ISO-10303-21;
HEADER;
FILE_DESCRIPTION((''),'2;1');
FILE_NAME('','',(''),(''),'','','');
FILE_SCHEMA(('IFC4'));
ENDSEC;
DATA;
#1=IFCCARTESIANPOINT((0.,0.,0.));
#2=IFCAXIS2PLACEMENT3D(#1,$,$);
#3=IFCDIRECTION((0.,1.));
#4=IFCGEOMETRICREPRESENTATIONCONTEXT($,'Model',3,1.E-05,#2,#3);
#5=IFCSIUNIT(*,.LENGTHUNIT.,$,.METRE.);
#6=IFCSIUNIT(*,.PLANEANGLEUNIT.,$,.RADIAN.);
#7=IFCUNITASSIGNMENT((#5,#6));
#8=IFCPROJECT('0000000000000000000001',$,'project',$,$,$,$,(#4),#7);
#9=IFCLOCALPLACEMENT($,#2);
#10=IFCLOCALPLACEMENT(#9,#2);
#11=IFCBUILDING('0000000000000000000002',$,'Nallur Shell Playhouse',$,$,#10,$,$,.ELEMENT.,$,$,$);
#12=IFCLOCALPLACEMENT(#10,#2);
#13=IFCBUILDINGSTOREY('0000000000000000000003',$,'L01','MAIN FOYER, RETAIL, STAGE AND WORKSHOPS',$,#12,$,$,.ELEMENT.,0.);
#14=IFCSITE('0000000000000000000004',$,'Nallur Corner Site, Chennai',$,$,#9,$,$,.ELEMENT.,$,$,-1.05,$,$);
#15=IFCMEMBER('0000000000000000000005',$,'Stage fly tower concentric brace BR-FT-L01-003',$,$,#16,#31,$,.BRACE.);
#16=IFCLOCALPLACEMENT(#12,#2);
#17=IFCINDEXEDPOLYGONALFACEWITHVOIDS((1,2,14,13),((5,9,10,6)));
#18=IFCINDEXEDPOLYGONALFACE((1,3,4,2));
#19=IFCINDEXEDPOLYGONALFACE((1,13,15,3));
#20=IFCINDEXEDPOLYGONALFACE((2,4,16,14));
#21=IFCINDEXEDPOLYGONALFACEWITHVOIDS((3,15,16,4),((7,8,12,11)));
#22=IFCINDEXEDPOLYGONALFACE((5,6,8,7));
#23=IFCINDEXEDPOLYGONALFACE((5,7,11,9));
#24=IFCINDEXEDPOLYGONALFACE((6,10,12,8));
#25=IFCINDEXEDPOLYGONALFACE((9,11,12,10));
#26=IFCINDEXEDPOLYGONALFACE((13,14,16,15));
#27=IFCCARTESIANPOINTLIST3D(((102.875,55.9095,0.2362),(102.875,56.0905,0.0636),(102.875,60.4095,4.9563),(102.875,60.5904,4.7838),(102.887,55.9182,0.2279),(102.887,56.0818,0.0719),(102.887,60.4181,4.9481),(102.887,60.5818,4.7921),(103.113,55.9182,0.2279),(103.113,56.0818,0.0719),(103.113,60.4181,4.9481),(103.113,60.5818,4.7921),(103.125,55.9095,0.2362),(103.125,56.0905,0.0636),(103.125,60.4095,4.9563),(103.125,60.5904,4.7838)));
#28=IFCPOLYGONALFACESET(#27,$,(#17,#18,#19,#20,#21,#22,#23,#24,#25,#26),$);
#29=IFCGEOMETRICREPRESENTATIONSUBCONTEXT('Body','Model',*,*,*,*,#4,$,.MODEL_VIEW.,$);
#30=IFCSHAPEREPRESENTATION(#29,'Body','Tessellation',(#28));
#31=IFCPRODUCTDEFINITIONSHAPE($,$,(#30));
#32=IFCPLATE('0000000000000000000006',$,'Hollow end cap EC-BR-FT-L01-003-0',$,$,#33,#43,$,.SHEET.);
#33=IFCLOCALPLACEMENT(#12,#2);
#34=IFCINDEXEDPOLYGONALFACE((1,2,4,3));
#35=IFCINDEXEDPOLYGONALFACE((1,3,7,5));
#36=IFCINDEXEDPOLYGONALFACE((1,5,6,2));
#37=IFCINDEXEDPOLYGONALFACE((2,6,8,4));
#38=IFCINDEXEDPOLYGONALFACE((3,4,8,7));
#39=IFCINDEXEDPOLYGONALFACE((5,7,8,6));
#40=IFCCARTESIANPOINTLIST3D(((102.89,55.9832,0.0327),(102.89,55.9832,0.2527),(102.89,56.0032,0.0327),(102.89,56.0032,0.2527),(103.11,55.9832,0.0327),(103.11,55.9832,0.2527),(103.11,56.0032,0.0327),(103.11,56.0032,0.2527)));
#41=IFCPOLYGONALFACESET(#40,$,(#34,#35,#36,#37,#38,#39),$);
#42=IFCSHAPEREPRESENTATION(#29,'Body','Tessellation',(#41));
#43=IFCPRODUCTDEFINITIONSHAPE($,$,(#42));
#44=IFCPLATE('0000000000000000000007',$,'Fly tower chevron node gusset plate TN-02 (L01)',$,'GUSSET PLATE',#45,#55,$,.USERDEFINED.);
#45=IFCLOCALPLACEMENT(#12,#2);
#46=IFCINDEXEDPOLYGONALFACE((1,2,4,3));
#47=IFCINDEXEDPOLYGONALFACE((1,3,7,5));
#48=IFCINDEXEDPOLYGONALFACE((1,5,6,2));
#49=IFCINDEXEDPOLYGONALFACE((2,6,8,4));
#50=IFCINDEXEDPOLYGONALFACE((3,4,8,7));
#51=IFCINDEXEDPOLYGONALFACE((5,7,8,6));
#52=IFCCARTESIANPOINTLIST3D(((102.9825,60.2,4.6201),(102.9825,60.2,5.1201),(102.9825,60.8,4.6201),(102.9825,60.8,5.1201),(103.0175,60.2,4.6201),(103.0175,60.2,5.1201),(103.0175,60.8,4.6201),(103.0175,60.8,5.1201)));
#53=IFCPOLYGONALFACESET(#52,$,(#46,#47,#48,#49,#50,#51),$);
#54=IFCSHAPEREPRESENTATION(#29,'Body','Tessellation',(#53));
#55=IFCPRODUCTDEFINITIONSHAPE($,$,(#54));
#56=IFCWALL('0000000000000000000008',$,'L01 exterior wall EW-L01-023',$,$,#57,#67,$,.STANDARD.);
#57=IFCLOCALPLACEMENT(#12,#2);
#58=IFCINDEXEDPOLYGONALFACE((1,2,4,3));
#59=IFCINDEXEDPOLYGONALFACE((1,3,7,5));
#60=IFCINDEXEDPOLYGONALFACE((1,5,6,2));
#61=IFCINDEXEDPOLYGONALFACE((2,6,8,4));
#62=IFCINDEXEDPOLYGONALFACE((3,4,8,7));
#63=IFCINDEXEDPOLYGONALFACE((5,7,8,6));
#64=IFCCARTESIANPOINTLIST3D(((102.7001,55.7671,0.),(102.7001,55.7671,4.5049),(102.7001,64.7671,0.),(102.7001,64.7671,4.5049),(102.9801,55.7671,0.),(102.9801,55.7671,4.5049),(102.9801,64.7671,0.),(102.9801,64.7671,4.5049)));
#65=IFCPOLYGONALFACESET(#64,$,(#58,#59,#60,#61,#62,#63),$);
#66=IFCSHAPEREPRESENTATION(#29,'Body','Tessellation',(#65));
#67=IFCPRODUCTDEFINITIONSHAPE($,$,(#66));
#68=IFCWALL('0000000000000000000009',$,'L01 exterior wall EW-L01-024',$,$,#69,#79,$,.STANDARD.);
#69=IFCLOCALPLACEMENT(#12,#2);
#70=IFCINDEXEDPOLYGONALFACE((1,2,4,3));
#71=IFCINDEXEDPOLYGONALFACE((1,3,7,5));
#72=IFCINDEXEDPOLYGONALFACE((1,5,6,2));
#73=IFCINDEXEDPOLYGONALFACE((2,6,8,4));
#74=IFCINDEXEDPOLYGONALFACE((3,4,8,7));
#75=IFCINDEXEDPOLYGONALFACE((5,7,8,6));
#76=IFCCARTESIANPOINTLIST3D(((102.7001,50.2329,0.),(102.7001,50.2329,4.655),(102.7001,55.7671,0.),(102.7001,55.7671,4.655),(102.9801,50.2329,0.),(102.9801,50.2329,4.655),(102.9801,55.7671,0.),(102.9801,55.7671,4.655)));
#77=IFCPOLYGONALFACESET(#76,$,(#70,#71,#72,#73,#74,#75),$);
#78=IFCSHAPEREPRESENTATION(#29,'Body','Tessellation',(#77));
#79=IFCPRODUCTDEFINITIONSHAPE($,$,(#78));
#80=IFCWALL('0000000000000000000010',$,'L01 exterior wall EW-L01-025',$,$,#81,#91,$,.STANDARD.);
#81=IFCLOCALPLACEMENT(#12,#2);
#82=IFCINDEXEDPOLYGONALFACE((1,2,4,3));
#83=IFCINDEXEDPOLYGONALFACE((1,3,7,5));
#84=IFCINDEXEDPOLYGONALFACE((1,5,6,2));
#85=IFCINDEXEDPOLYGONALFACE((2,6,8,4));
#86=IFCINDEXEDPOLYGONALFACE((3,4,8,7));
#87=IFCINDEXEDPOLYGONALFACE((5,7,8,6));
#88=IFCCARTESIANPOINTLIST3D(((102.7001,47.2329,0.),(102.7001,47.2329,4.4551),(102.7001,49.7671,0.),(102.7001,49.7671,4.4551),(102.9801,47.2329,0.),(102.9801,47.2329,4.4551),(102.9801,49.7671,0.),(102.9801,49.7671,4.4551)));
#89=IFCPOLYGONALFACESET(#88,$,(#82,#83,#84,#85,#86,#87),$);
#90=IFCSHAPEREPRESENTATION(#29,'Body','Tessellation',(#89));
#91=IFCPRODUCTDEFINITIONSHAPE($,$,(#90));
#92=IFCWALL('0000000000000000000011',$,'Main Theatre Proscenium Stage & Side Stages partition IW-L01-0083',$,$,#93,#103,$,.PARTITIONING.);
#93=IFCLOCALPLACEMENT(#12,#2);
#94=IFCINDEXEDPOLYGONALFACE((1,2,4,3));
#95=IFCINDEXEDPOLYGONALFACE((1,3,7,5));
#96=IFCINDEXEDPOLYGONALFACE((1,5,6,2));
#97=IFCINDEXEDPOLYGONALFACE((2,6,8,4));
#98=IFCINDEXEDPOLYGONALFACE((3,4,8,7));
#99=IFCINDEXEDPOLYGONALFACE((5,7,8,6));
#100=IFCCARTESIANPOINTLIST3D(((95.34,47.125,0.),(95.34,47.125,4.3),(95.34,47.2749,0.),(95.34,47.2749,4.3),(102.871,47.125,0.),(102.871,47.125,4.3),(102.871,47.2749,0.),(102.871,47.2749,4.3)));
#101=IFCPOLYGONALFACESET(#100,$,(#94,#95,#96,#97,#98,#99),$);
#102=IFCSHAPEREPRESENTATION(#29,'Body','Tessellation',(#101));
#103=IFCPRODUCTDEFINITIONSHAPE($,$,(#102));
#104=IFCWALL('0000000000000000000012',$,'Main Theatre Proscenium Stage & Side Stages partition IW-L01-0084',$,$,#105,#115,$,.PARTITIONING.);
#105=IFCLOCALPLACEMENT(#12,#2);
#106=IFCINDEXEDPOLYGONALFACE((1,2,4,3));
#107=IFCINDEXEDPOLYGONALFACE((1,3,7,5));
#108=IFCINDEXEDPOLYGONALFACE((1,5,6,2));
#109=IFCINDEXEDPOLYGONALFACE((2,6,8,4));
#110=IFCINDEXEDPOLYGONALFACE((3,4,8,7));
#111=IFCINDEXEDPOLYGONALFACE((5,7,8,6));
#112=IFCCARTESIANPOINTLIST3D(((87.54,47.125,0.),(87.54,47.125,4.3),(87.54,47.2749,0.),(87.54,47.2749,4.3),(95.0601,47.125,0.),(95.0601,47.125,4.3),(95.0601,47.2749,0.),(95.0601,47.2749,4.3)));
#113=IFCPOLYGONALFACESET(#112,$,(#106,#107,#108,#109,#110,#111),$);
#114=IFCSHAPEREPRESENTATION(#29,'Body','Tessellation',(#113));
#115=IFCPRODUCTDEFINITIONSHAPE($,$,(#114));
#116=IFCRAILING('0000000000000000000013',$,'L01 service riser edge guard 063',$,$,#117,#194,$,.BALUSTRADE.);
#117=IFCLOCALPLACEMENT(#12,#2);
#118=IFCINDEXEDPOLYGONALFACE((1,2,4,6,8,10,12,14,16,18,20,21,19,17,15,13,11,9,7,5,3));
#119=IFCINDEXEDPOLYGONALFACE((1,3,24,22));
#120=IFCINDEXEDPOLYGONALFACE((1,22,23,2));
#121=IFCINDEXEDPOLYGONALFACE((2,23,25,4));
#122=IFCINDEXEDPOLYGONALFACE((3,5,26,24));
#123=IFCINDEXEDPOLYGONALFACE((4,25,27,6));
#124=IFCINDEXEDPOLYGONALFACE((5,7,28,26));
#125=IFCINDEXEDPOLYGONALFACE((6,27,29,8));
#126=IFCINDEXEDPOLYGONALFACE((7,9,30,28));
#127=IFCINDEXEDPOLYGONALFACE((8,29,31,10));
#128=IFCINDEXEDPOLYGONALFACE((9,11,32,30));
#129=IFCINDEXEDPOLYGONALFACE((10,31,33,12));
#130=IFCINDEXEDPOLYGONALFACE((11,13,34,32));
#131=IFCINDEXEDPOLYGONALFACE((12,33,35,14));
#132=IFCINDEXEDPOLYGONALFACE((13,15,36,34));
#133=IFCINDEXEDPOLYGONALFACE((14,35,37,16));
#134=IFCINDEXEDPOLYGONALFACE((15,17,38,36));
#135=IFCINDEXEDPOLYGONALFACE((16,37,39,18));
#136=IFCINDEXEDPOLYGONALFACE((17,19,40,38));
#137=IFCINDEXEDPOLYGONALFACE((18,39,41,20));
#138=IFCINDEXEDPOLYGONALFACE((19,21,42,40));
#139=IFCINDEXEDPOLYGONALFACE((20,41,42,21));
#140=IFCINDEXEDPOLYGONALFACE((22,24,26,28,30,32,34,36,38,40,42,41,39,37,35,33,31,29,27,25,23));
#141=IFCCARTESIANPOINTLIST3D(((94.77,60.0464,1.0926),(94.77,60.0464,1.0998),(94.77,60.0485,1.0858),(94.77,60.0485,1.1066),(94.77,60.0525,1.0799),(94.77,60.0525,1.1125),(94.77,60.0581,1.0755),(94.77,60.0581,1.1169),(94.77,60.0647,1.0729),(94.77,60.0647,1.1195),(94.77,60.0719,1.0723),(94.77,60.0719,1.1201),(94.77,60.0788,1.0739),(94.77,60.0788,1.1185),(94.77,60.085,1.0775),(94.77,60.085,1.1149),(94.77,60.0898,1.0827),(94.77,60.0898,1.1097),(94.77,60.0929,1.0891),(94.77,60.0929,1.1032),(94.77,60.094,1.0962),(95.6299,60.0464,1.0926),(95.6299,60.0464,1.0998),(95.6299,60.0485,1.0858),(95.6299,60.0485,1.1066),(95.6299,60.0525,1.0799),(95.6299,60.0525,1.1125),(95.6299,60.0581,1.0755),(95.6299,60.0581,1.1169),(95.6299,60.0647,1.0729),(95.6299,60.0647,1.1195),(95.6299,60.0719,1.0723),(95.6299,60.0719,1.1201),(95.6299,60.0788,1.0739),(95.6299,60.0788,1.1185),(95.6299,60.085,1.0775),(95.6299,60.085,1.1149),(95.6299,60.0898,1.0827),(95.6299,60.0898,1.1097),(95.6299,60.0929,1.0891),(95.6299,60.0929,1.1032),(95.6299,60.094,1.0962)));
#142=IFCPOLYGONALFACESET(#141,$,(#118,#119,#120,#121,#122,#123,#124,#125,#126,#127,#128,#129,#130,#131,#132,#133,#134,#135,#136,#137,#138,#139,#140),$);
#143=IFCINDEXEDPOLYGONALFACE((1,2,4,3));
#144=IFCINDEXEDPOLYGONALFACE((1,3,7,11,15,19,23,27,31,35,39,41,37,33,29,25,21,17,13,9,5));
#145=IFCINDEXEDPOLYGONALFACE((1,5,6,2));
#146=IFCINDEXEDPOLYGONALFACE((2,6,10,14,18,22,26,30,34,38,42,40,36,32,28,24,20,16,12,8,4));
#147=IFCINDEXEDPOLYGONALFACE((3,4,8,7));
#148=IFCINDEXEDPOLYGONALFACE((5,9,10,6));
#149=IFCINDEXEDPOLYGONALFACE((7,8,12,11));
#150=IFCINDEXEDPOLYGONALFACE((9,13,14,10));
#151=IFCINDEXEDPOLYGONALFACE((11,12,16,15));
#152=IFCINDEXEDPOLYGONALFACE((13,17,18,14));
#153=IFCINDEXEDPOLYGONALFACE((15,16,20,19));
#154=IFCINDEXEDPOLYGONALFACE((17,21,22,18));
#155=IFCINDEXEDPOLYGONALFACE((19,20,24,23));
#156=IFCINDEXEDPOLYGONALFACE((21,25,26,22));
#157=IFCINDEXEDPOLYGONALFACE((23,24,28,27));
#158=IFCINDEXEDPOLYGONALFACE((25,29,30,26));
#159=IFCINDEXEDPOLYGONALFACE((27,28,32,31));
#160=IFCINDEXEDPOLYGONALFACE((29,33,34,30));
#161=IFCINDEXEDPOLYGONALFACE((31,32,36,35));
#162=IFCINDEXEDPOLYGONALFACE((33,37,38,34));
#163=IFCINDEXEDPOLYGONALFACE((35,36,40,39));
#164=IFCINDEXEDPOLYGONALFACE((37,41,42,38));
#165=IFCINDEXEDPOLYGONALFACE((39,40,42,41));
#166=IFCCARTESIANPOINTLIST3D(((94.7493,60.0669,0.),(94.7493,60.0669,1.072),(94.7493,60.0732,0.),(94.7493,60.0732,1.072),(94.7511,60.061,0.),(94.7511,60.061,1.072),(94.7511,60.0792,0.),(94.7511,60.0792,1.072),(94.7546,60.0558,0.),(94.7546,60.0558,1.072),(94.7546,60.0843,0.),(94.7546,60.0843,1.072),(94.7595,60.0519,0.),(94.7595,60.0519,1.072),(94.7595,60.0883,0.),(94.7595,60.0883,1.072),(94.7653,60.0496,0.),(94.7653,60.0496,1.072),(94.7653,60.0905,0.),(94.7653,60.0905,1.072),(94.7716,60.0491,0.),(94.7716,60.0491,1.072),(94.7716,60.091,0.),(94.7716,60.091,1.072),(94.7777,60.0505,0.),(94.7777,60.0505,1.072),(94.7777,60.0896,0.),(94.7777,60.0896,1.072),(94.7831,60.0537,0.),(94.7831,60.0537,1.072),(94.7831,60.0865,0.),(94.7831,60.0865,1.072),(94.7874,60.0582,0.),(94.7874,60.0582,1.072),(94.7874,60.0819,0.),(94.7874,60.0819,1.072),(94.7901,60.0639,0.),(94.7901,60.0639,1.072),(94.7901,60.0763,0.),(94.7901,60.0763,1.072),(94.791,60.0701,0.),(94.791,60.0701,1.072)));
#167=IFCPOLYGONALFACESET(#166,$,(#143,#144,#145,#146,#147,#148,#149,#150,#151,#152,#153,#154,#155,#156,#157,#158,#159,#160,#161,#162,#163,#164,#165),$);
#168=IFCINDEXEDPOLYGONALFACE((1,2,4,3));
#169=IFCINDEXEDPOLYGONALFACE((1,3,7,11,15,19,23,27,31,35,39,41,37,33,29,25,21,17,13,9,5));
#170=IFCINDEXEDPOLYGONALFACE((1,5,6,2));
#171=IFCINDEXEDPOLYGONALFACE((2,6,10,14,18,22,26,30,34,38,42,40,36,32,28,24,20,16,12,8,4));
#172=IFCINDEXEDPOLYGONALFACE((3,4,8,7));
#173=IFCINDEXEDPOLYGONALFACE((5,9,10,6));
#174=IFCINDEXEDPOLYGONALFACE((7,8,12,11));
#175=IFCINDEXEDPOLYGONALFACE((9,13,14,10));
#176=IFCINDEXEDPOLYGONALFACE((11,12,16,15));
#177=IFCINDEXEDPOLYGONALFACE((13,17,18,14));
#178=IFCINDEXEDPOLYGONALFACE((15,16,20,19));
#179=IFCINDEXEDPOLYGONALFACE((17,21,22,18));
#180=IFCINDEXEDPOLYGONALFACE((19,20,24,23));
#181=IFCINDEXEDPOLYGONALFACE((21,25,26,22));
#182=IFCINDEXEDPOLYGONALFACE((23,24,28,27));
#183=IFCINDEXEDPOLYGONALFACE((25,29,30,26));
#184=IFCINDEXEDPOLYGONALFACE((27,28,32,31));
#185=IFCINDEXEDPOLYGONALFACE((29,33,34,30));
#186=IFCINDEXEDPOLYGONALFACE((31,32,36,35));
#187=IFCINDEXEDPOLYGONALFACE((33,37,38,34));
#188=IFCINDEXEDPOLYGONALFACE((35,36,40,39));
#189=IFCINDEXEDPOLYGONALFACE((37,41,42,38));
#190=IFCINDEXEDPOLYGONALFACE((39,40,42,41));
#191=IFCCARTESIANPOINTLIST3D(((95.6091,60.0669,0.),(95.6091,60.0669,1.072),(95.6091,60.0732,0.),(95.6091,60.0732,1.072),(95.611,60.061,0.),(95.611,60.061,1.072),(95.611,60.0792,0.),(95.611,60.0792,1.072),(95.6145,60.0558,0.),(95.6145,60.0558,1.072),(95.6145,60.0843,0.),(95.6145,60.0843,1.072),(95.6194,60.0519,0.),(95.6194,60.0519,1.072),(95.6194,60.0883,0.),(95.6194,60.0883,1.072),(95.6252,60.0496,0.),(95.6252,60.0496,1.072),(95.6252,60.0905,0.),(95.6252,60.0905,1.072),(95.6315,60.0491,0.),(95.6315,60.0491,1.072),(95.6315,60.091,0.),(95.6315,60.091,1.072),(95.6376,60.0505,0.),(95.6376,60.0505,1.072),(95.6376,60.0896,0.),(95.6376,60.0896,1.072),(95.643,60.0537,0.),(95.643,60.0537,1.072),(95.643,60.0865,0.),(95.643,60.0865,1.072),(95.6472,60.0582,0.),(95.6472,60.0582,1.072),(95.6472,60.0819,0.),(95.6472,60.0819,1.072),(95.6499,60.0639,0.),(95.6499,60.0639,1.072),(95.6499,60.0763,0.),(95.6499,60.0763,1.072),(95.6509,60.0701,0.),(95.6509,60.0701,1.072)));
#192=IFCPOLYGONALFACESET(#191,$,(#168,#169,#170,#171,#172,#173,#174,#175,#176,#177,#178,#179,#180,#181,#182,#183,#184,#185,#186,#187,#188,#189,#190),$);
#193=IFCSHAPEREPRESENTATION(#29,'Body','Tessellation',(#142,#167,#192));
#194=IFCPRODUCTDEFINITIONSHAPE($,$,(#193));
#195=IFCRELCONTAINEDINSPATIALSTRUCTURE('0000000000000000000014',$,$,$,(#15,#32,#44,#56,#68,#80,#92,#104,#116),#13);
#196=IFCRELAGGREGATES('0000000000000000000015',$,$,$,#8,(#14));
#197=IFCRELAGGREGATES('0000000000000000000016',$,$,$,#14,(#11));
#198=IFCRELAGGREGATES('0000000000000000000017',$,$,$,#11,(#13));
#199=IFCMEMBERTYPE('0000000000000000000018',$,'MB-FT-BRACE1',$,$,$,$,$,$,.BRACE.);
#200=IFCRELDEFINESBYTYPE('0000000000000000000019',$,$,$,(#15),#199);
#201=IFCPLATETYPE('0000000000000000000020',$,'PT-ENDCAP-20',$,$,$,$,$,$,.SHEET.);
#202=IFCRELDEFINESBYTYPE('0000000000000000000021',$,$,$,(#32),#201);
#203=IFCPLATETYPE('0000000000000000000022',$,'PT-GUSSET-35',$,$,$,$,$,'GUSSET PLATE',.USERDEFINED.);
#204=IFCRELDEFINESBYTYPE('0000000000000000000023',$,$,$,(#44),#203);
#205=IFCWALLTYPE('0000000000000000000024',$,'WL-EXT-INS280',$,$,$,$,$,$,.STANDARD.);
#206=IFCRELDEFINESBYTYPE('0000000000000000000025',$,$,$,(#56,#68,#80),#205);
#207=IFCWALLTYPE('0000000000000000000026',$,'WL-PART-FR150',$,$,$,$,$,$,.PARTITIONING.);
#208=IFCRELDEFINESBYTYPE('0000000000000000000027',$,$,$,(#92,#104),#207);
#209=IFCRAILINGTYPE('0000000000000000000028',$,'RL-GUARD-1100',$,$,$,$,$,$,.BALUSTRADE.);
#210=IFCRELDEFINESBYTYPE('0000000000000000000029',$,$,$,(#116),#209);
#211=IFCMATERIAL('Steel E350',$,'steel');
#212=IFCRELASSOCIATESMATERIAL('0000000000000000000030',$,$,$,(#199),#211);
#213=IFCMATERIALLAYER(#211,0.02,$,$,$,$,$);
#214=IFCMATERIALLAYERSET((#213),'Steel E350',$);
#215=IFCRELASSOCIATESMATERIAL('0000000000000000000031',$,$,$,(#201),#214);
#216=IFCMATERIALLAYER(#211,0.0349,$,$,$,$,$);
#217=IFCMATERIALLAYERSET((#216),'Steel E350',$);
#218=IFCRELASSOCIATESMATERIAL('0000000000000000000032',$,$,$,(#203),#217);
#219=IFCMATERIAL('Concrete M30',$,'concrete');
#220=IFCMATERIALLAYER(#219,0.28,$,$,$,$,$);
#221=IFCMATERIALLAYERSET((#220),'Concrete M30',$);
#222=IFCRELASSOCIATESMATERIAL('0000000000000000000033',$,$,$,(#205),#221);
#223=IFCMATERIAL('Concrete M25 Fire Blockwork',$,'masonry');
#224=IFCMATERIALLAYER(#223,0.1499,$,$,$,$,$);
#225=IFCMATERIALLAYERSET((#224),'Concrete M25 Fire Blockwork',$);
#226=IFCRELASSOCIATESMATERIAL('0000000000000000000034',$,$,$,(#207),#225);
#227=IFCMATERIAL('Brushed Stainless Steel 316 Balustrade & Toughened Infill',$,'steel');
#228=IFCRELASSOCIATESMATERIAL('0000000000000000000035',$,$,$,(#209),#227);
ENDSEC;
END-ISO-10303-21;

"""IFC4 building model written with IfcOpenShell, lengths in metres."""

from ifc_helpers import new_model, si_unit, direction, frame, frame_2d, origin, origin_2d, place, context, subcontext, project, spatial, rectangle, hollow_rectangle, circle, extrude, material, layer, layer_set, material_profile, profile_set, type_object, element, save


model = new_model("IFC4")

# Units and contexts
model_context = context("Model", 3, precision=1e-05, world=origin(), true_north=direction((0.0, 1.0)))
body_context = subcontext(model_context, "Body", "Model", "MODEL_VIEW")
ifc_project = project(units=[si_unit("LENGTHUNIT", "METRE"), si_unit("PLANEANGLEUNIT", "RADIAN")], contexts=[model_context])

# Site, building, storey
site_placement = place(None, origin())
site = spatial("IfcSite", under=ifc_project, at=site_placement, Name="Nallur Corner Site, Chennai", CompositionType="ELEMENT", RefElevation=-1.05)
building_placement = place(site_placement, origin())
building = spatial("IfcBuilding", under=site, at=building_placement, Name="Nallur Shell Playhouse", CompositionType="ELEMENT")
storey_placement = place(building_placement, origin())
storey = spatial("IfcBuildingStorey", under=building, at=storey_placement, Name="L01", Description="MAIN FOYER, RETAIL, STAGE AND WORKSHOPS", CompositionType="ELEMENT", Elevation=0.0)

# Shared definitions
ifc_material_1 = material(Name="Steel E350", Category="steel")

# Shared definitions
ifc_material_2 = material(Name="Concrete M30", Category="concrete")

# Member
ifc_material_profile_1 = material_profile(ifc_material_1, hollow_rectangle(XDim=0.25, YDim=0.25, WallThickness=0.012, at=origin_2d()), Name="SHS 250x250x12")
ifc_profile_set_1 = profile_set([ifc_material_profile_1], Name="Steel E350")
member_type = type_object("IfcMemberType", Name="MB-FT-BRACE1", PredefinedType="BRACE", material=ifc_profile_set_1)
member_placement = place(storey_placement, frame((103.0, 56.0, 0.1499), z_axis=(0.0, 0.690022, 0.723789), x_axis=(-1.0, 0.0, 0.0)))
element("IfcMember", 1, at=member_placement, inside=storey, type_object=member_type, Name="Stage fly tower concentric brace BR-FT-L01-003", PredefinedType="BRACE", context=body_context, shape_type="SweptSolid", body=[
    extrude(hollow_rectangle(XDim=0.25, YDim=0.25, WallThickness=0.012, at=origin_2d()), origin(), (0.0, 0.0, 1.0), 6.5215),
])

# Plates
ifc_layer_1 = layer(ifc_material_1, 0.02)
ifc_layer_set_1 = layer_set([ifc_layer_1], Name="Steel E350")
plate_type_1 = type_object("IfcPlateType", Name="PT-ENDCAP-20", PredefinedType="SHEET", material=ifc_layer_set_1)
plate_1_placement = place(storey_placement, frame((103.0, 55.9932, 0.0327), z_axis=(0.0, 0.0, 1.0), x_axis=(1.0, 0.0, 0.0)))
element("IfcPlate", 2, at=plate_1_placement, inside=storey, type_object=plate_type_1, Name="Hollow end cap EC-BR-FT-L01-003-0", PredefinedType="SHEET", context=body_context, shape_type="SweptSolid", body=[
    extrude(rectangle(XDim=0.22, YDim=0.02, at=origin_2d()), origin(), (0.0, 0.0, 1.0), 0.22),
])
ifc_layer_2 = layer(ifc_material_1, 0.0349)
ifc_layer_set_2 = layer_set([ifc_layer_2], Name="Steel E350")
plate_type_2 = type_object("IfcPlateType", Name="PT-GUSSET-35", ElementType="GUSSET PLATE", PredefinedType="USERDEFINED", material=ifc_layer_set_2)
plate_2_placement = place(storey_placement, frame((103.0, 60.5, 4.6201), z_axis=(0.0, 0.0, 1.0), x_axis=(1.0, 0.0, 0.0)))
element("IfcPlate", 3, at=plate_2_placement, inside=storey, type_object=plate_type_2, Name="Fly tower chevron node gusset plate TN-02 (L01)", ObjectType="GUSSET PLATE", PredefinedType="USERDEFINED", context=body_context, shape_type="SweptSolid", body=[
    extrude(rectangle(XDim=0.0349, YDim=0.6001, at=origin_2d()), origin(), (0.0, 0.0, 1.0), 0.5),
])

# Walls
ifc_layer_3 = layer(ifc_material_2, 0.28)
ifc_layer_set_3 = layer_set([ifc_layer_3], Name="Concrete M30")
wall_type_1 = type_object("IfcWallType", Name="WL-EXT-INS280", PredefinedType="STANDARD", material=ifc_layer_set_3)
wall_1_placement = place(storey_placement, frame((102.8401, 64.7671, 0.0), z_axis=(0.0, 0.0, 1.0), x_axis=(0.0, -1.0, 0.0)))
element("IfcWall", 4, at=wall_1_placement, inside=storey, type_object=wall_type_1, Name="L01 exterior wall EW-L01-023", PredefinedType="STANDARD", context=body_context, shape_type="SweptSolid", body=[
    extrude(rectangle(XDim=9.0, YDim=0.28, at=frame_2d((4.5, 0.0))), origin(), (0.0, 0.0, 1.0), 4.5049),
])
wall_2_placement = place(storey_placement, frame((102.8401, 55.7671, 0.0), z_axis=(0.0, 0.0, 1.0), x_axis=(0.0, -1.0, 0.0)))
element("IfcWall", 5, at=wall_2_placement, inside=storey, type_object=wall_type_1, Name="L01 exterior wall EW-L01-024", PredefinedType="STANDARD", context=body_context, shape_type="SweptSolid", body=[
    extrude(rectangle(XDim=5.5342, YDim=0.28, at=frame_2d((2.7671, 0.0))), origin(), (0.0, 0.0, 1.0), 4.655),
])
wall_3_placement = place(storey_placement, frame((102.8401, 49.7671, 0.0), z_axis=(0.0, 0.0, 1.0), x_axis=(0.0, -1.0, 0.0)))
element("IfcWall", 6, at=wall_3_placement, inside=storey, type_object=wall_type_1, Name="L01 exterior wall EW-L01-025", PredefinedType="STANDARD", context=body_context, shape_type="SweptSolid", body=[
    extrude(rectangle(XDim=2.5342, YDim=0.28, at=frame_2d((1.2671, 0.0))), origin(), (0.0, 0.0, 1.0), 4.4551),
])
ifc_material_3 = material(Name="Concrete M25 Fire Blockwork", Category="masonry")
ifc_layer_4 = layer(ifc_material_3, 0.1499)
ifc_layer_set_4 = layer_set([ifc_layer_4], Name="Concrete M25 Fire Blockwork")
wall_type_2 = type_object("IfcWallType", Name="WL-PART-FR150", PredefinedType="PARTITIONING", material=ifc_layer_set_4)
wall_4_placement = place(storey_placement, frame((102.8711, 47.2, 0.0), z_axis=(0.0, 0.0, 1.0), x_axis=(-1.0, 0.0, 0.0)))
element("IfcWall", 7, at=wall_4_placement, inside=storey, type_object=wall_type_2, Name="Main Theatre Proscenium Stage & Side Stages partition IW-L01-0083", PredefinedType="PARTITIONING", context=body_context, shape_type="SweptSolid", body=[
    extrude(rectangle(XDim=7.531, YDim=0.1499, at=frame_2d((3.7656, 0.0))), origin(), (0.0, 0.0, 1.0), 4.3),
])
wall_5_placement = place(storey_placement, frame((95.0601, 47.2, 0.0), z_axis=(0.0, 0.0, 1.0), x_axis=(-1.0, 0.0, 0.0)))
element("IfcWall", 8, at=wall_5_placement, inside=storey, type_object=wall_type_2, Name="Main Theatre Proscenium Stage & Side Stages partition IW-L01-0084", PredefinedType="PARTITIONING", context=body_context, shape_type="SweptSolid", body=[
    extrude(rectangle(XDim=7.52, YDim=0.1499, at=frame_2d((3.76, 0.0))), origin(), (0.0, 0.0, 1.0), 4.3),
])

# Railing
ifc_material_4 = material(Name="Brushed Stainless Steel 316 Balustrade & Toughened Infill", Category="steel")
railing_type = type_object("IfcRailingType", Name="RL-GUARD-1100", PredefinedType="BALUSTRADE", material=ifc_material_4)
railing_1_placement = place(storey_placement, frame((94.77, 60.0701, 0.0)))
element("IfcRailing", 9, at=railing_1_placement, inside=storey, type_object=railing_type, Name="L01 service riser edge guard 063", PredefinedType="BALUSTRADE", context=body_context, shape_type="SweptSolid", body=[
    extrude(circle(Radius=0.0239, at=origin_2d()), frame((0.0, 0.0, 1.0962), z_axis=(1.0, 0.0, 0.0), x_axis=(0.0, 1.0, 0.0)), (0.0, 0.0, 1.0), 0.8599),
    extrude(circle(Radius=0.021, at=origin_2d()), origin(), (0.0, 0.0, 1.0), 1.072),
    extrude(circle(Radius=0.021, at=origin_2d()), frame((0.8599, 0.0, 0.0)), (0.0, 0.0, 1.0), 1.072),
])

save(model, "model.ifc")
